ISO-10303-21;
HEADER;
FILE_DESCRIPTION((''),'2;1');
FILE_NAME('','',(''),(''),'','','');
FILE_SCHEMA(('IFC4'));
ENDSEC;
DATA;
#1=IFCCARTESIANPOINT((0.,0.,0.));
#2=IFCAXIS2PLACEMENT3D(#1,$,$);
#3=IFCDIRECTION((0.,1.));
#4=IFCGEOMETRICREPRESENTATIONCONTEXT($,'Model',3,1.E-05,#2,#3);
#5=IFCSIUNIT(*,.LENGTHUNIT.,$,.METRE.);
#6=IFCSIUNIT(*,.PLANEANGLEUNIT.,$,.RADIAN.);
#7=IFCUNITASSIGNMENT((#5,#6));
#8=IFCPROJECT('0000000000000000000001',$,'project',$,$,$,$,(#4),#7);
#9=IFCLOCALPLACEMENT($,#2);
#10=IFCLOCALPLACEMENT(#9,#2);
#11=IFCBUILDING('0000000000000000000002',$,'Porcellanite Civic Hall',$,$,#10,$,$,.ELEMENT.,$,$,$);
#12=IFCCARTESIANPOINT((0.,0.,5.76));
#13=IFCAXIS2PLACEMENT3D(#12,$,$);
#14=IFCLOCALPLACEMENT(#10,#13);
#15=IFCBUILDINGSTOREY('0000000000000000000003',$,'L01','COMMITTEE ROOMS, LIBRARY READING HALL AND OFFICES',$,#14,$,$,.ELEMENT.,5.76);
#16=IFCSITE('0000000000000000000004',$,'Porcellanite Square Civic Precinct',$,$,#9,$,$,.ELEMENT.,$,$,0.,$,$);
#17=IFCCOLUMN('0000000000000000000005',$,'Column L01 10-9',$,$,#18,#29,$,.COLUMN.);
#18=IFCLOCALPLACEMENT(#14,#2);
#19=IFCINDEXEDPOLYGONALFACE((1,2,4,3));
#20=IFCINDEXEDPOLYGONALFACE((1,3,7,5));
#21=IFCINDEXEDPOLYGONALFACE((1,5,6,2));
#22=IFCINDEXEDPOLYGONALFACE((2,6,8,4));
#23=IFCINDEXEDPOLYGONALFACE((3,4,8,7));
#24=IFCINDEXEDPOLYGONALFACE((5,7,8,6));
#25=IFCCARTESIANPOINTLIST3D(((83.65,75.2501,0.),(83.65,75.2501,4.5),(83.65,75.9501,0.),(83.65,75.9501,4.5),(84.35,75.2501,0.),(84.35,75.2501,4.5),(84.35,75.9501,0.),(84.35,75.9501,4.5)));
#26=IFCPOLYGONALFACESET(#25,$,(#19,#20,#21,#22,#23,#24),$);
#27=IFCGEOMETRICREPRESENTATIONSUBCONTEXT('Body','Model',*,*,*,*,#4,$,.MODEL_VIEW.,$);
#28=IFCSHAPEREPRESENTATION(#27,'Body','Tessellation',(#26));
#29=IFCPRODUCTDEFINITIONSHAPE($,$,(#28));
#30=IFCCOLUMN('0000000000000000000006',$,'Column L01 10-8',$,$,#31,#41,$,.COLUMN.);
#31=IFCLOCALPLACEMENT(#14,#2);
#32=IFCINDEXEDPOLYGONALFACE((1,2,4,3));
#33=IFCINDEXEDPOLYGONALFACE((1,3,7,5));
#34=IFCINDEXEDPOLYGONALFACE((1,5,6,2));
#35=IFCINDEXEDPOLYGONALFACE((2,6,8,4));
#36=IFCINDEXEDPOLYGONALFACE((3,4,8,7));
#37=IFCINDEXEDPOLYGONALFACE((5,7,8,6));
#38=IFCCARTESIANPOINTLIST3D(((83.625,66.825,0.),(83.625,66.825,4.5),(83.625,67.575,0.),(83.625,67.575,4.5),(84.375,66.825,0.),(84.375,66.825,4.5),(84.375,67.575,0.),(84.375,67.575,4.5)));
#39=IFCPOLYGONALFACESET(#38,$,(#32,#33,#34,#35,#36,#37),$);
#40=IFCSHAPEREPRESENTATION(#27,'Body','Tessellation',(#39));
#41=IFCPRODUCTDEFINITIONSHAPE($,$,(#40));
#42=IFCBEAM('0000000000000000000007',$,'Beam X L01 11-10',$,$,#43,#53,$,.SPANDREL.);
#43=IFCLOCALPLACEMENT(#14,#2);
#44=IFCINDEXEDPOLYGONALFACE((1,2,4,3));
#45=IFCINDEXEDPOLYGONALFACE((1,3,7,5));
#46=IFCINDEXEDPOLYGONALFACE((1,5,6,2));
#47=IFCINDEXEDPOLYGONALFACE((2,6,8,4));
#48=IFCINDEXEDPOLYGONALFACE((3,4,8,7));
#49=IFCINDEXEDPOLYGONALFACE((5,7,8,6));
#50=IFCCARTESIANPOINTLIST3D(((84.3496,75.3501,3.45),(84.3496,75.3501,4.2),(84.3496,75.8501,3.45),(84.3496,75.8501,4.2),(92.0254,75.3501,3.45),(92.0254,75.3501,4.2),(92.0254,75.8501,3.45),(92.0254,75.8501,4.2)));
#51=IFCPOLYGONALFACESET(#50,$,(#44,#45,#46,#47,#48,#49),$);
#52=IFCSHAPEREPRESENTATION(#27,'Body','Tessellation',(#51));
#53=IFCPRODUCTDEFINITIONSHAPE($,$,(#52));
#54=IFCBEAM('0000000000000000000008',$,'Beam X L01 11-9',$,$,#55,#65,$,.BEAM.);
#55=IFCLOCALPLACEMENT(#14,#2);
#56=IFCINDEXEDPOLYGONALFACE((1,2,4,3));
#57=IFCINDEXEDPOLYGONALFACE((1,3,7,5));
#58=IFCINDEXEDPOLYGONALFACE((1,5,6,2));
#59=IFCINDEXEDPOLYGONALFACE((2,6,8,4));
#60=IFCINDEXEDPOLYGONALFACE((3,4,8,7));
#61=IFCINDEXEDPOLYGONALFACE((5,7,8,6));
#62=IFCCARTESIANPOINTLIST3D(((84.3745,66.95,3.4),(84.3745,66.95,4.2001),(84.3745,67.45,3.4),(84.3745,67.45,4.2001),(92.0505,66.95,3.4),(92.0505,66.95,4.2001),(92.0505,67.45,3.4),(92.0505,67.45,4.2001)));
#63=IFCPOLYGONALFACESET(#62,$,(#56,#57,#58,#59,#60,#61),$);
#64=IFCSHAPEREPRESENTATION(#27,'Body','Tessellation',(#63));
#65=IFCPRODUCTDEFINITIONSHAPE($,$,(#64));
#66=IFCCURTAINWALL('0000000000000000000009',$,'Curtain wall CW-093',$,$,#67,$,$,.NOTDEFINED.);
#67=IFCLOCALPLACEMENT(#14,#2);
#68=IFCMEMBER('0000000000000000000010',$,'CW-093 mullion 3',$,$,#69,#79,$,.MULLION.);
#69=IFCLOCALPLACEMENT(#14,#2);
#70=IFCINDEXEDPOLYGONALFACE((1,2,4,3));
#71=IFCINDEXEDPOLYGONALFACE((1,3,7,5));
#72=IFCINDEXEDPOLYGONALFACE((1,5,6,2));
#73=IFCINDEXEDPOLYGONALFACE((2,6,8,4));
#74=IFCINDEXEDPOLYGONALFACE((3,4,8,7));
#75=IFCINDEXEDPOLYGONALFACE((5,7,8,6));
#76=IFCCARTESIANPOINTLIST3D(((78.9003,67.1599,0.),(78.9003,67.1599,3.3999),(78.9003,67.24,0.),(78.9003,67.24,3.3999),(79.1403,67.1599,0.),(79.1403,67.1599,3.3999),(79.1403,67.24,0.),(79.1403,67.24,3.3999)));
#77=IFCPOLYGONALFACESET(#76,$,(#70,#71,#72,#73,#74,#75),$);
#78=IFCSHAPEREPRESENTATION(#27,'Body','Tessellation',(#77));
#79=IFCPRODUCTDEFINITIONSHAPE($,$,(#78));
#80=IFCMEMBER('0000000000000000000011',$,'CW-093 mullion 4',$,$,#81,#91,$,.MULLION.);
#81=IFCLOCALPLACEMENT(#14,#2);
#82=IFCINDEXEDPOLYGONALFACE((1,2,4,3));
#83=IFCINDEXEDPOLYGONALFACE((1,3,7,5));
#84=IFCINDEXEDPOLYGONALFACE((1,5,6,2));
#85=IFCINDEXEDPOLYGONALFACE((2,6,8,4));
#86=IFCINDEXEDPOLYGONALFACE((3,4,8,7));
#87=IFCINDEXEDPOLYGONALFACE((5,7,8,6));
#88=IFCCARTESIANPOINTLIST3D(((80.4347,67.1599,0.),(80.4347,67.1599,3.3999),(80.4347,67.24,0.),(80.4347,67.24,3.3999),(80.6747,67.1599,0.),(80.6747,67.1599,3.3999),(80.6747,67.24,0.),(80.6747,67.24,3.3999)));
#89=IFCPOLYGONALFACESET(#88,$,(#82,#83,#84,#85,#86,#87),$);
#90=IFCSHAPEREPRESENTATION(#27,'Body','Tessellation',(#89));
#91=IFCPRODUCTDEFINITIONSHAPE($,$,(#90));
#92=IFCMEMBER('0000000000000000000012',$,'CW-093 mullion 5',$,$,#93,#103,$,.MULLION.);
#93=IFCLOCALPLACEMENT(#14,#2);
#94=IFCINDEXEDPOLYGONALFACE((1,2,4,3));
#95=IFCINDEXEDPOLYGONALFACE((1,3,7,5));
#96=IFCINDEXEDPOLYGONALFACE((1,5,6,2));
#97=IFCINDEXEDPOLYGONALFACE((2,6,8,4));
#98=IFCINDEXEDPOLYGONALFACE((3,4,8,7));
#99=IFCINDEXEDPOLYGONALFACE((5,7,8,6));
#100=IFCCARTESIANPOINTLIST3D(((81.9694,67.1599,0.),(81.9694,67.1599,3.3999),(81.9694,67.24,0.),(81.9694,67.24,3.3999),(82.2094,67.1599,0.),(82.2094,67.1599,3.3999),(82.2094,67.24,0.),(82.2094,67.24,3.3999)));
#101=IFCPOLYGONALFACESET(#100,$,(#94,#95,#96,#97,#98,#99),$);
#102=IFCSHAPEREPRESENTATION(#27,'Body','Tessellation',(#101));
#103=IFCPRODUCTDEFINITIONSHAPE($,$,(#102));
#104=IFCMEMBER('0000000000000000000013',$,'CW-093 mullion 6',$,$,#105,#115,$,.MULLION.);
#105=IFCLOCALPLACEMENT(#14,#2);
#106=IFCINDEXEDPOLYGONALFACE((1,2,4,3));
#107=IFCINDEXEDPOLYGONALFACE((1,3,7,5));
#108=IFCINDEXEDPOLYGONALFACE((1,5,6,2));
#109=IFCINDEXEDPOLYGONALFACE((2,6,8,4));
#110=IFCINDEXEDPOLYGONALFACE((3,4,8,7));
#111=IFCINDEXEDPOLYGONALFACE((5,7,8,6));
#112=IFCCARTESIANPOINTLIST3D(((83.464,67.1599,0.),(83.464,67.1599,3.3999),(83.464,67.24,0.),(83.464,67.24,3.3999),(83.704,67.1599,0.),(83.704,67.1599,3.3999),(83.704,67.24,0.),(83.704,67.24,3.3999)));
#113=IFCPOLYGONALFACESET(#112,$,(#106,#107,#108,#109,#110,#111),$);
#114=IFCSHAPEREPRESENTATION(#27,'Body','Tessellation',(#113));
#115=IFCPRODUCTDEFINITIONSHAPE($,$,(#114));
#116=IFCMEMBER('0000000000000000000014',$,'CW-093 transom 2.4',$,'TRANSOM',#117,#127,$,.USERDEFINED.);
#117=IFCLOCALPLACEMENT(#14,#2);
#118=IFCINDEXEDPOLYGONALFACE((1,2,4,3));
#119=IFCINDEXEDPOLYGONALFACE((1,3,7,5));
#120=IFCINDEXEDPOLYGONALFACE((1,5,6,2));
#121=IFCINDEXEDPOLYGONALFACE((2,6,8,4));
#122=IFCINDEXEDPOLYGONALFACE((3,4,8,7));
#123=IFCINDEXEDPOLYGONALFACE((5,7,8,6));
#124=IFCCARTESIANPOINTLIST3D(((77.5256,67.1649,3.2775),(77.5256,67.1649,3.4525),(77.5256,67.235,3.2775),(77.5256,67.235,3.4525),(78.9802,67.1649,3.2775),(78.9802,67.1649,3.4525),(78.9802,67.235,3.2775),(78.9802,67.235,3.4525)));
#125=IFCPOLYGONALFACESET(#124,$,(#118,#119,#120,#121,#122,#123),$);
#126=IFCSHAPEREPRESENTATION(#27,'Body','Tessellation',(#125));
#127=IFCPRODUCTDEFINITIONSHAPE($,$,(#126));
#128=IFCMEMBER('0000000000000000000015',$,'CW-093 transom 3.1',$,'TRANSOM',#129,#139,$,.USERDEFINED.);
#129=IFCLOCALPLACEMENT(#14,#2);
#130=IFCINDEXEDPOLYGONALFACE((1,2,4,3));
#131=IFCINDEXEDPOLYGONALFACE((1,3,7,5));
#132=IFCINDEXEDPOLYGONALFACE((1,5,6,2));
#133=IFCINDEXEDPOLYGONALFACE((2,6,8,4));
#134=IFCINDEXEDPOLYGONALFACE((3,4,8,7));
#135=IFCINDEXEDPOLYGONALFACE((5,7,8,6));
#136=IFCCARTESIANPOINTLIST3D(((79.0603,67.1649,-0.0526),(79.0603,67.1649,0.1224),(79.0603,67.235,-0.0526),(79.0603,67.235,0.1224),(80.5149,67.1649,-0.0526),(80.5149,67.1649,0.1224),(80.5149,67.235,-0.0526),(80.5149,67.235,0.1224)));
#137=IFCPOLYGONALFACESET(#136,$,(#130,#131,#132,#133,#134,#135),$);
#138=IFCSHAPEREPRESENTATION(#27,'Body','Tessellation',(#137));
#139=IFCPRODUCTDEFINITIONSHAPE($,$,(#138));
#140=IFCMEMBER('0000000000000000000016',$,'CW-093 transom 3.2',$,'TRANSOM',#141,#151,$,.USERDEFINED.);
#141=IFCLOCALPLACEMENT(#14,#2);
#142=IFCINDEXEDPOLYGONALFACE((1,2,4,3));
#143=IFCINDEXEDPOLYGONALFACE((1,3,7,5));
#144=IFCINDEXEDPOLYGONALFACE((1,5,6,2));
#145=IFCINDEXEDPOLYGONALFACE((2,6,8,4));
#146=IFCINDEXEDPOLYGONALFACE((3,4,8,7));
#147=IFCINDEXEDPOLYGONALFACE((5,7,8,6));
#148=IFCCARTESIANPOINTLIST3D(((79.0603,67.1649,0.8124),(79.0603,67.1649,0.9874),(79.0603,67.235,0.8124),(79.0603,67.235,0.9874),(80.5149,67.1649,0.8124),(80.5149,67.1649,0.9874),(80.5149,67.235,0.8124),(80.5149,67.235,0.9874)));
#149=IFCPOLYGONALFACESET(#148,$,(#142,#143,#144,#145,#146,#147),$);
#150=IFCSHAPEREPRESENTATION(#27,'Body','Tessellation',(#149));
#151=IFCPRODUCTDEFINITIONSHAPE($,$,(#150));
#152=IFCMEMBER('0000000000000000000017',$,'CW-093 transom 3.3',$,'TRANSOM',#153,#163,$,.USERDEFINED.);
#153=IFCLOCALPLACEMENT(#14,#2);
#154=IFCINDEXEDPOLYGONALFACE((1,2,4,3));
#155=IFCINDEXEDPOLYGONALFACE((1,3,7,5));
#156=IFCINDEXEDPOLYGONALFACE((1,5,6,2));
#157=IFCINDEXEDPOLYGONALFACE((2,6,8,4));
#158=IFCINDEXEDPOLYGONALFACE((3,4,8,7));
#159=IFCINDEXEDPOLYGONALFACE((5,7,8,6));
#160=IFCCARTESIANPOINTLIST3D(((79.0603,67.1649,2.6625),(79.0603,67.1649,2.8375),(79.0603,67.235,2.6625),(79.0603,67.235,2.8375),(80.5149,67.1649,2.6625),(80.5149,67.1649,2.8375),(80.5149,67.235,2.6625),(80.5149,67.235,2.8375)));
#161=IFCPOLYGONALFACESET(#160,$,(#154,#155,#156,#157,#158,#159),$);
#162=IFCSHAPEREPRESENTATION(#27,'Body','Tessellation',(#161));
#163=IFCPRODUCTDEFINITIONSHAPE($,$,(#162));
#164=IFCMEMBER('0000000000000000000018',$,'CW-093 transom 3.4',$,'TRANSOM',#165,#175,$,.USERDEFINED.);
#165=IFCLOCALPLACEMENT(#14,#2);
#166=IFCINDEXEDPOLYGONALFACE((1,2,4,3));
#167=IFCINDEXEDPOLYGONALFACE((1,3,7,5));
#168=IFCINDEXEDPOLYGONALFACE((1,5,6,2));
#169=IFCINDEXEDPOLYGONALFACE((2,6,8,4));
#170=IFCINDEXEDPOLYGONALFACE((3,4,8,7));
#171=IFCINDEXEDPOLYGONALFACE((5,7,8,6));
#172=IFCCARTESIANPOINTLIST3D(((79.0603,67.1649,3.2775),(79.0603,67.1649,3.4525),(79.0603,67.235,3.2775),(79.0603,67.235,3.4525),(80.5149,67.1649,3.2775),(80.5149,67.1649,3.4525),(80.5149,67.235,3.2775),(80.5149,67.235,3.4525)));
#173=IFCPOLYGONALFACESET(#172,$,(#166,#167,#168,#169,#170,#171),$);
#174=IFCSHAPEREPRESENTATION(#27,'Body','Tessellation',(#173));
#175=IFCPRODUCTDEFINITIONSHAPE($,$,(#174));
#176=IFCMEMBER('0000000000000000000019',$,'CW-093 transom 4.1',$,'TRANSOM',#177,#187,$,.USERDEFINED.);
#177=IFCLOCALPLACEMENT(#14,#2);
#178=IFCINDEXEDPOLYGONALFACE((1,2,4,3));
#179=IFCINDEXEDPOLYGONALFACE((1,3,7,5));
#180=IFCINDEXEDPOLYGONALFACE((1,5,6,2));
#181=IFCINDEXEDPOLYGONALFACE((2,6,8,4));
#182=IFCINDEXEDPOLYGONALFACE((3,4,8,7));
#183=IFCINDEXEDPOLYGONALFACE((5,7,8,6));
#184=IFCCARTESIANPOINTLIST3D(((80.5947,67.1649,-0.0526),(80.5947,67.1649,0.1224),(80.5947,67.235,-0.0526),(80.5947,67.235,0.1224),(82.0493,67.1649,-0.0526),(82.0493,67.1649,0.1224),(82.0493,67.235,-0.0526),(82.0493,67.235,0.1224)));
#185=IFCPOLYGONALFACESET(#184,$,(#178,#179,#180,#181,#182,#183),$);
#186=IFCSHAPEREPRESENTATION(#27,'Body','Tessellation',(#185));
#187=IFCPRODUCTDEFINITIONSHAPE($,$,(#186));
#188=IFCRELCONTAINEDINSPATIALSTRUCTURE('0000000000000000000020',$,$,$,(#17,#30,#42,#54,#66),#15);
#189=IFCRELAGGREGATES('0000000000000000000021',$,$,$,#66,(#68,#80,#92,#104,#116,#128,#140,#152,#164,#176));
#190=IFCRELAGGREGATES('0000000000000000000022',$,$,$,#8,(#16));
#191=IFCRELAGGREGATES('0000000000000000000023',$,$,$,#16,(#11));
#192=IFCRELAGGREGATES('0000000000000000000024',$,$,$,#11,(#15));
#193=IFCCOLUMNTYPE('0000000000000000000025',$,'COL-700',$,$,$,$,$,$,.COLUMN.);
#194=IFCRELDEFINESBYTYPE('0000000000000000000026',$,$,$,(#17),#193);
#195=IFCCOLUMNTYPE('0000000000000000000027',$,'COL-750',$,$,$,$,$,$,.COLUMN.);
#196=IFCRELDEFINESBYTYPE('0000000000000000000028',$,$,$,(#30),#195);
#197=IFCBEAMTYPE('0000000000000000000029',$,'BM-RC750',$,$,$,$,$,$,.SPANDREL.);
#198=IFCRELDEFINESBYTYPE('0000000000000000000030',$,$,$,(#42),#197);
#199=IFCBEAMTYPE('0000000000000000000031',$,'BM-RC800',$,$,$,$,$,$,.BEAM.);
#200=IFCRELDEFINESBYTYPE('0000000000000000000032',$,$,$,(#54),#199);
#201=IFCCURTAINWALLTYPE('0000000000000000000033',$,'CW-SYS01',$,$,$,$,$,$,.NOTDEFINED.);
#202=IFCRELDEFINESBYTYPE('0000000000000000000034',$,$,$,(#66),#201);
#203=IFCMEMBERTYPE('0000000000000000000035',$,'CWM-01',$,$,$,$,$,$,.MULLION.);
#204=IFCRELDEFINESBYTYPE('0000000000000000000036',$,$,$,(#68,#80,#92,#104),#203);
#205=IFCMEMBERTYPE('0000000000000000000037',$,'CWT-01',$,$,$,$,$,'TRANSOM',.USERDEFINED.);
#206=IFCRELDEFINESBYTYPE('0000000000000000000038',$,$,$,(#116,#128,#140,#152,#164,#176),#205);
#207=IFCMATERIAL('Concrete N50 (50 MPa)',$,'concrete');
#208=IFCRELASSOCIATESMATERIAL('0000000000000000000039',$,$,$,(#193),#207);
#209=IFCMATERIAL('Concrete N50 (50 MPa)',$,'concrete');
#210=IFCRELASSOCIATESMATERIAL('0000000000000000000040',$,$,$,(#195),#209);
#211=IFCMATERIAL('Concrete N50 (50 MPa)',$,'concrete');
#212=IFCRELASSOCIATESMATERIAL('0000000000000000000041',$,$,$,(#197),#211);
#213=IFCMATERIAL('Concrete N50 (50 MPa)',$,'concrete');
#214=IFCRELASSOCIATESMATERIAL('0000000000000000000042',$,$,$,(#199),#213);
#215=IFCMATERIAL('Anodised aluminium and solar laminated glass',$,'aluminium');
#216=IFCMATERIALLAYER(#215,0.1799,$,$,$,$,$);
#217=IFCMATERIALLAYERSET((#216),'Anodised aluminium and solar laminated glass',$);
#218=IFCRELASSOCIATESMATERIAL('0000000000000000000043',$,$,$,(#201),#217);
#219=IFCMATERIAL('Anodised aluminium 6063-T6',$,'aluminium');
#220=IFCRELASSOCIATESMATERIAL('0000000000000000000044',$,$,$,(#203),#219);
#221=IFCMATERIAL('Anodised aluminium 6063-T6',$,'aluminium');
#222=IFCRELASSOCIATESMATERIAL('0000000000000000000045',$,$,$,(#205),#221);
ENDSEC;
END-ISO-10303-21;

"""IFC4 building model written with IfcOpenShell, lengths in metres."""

from ifc_helpers import new_model, si_unit, direction, frame, origin, origin_2d, place, context, subcontext, project, spatial, rectangle, extrude, material, layer, layer_set, material_profile, profile_set, type_object, element, aggregate, save


model = new_model("IFC4")

# Units and contexts
model_context = context("Model", 3, precision=1e-05, world=origin(), true_north=direction((0.0, 1.0)))
body_context = subcontext(model_context, "Body", "Model", "MODEL_VIEW")
ifc_project = project(units=[si_unit("LENGTHUNIT", "METRE"), si_unit("PLANEANGLEUNIT", "RADIAN")], contexts=[model_context])

# Site, building, storey
site_placement = place(None, origin())
site = spatial("IfcSite", under=ifc_project, at=site_placement, Name="Porcellanite Square Civic Precinct", CompositionType="ELEMENT", RefElevation=0.0)
building_placement = place(site_placement, origin())
building = spatial("IfcBuilding", under=site, at=building_placement, Name="Porcellanite Civic Hall", CompositionType="ELEMENT")
storey_placement = place(building_placement, frame((0.0, 0.0, 5.76)))
storey = spatial("IfcBuildingStorey", under=building, at=storey_placement, Name="L01", Description="COMMITTEE ROOMS, LIBRARY READING HALL AND OFFICES", CompositionType="ELEMENT", Elevation=5.76)

# Columns
ifc_material_1 = material(Name="Concrete N50 (50 MPa)", Category="concrete")
ifc_material_profile_1 = material_profile(ifc_material_1, rectangle(XDim=0.7, YDim=0.7, at=origin_2d()), Name="RC-700x700")
ifc_profile_set_1 = profile_set([ifc_material_profile_1], Name="Concrete N50 (50 MPa)")
column_type_1 = type_object("IfcColumnType", Name="COL-700", PredefinedType="COLUMN", material=ifc_profile_set_1)
column_1_placement = place(storey_placement, frame((84.0, 75.6001, 0.0), z_axis=(0.0, 0.0, 1.0), x_axis=(1.0, 0.0, 0.0)))
element("IfcColumn", 1, at=column_1_placement, inside=storey, type_object=column_type_1, Name="Column L01 10-9", PredefinedType="COLUMN", context=body_context, shape_type="SweptSolid", body=[
    extrude(rectangle(XDim=0.7, YDim=0.7, at=origin_2d()), origin(), (0.0, 0.0, 1.0), 4.5),
])
ifc_material_2 = material(Name="Concrete N50 (50 MPa)", Category="concrete")
ifc_material_profile_2 = material_profile(ifc_material_2, rectangle(XDim=0.75, YDim=0.75, at=origin_2d()), Name="RC-750x750")
ifc_profile_set_2 = profile_set([ifc_material_profile_2], Name="Concrete N50 (50 MPa)")
column_type_2 = type_object("IfcColumnType", Name="COL-750", PredefinedType="COLUMN", material=ifc_profile_set_2)
column_2_placement = place(storey_placement, frame((84.0, 67.2, 0.0), z_axis=(0.0, 0.0, 1.0), x_axis=(1.0, 0.0, 0.0)))
element("IfcColumn", 2, at=column_2_placement, inside=storey, type_object=column_type_2, Name="Column L01 10-8", PredefinedType="COLUMN", context=body_context, shape_type="SweptSolid", body=[
    extrude(rectangle(XDim=0.75, YDim=0.75, at=origin_2d()), origin(), (0.0, 0.0, 1.0), 4.5),
])

# Beams
ifc_material_3 = material(Name="Concrete N50 (50 MPa)", Category="concrete")
ifc_material_profile_3 = material_profile(ifc_material_3, rectangle(XDim=0.5, YDim=0.75, at=origin_2d()), Name="RC-500x750")
ifc_profile_set_3 = profile_set([ifc_material_profile_3], Name="Concrete N50 (50 MPa)")
beam_type_1 = type_object("IfcBeamType", Name="BM-RC750", PredefinedType="SPANDREL", material=ifc_profile_set_3)
beam_1_placement = place(storey_placement, frame((84.3496, 75.6001, 3.825), z_axis=(1.0, 0.0, 0.0), x_axis=(0.0, 1.0, 0.0)))
element("IfcBeam", 3, at=beam_1_placement, inside=storey, type_object=beam_type_1, Name="Beam X L01 11-10", PredefinedType="SPANDREL", context=body_context, shape_type="SweptSolid", body=[
    extrude(rectangle(XDim=0.5, YDim=0.75, at=origin_2d()), origin(), (0.0, 0.0, 1.0), 7.6758),
])
ifc_material_4 = material(Name="Concrete N50 (50 MPa)", Category="concrete")
ifc_material_profile_4 = material_profile(ifc_material_4, rectangle(XDim=0.5, YDim=0.8, at=origin_2d()), Name="RC-500x800")
ifc_profile_set_4 = profile_set([ifc_material_profile_4], Name="Concrete N50 (50 MPa)")
beam_type_2 = type_object("IfcBeamType", Name="BM-RC800", PredefinedType="BEAM", material=ifc_profile_set_4)
beam_2_placement = place(storey_placement, frame((84.3745, 67.2, 3.8), z_axis=(1.0, 0.0, 0.0), x_axis=(0.0, 1.0, 0.0)))
element("IfcBeam", 4, at=beam_2_placement, inside=storey, type_object=beam_type_2, Name="Beam X L01 11-9", PredefinedType="BEAM", context=body_context, shape_type="SweptSolid", body=[
    extrude(rectangle(XDim=0.5, YDim=0.8, at=origin_2d()), origin(), (0.0, 0.0, 1.0), 7.676),
])

# Curtain wall, members
ifc_material_5 = material(Name="Anodised aluminium and solar laminated glass", Category="aluminium")
ifc_layer_1 = layer(ifc_material_5, 0.1799)
ifc_layer_set_1 = layer_set([ifc_layer_1], Name="Anodised aluminium and solar laminated glass")
curtain_wall_type = type_object("IfcCurtainWallType", Name="CW-SYS01", PredefinedType="NOTDEFINED", material=ifc_layer_set_1)
curtain_wall_placement = place(storey_placement, origin())
curtain_wall = element("IfcCurtainWall", 5, at=curtain_wall_placement, inside=storey, type_object=curtain_wall_type, Name="Curtain wall CW-093", PredefinedType="NOTDEFINED")
ifc_material_6 = material(Name="Anodised aluminium 6063-T6", Category="aluminium")
ifc_material_profile_5 = material_profile(ifc_material_6, rectangle(XDim=0.0801, YDim=0.24, at=origin_2d()), Name="AL-80x240")
ifc_profile_set_5 = profile_set([ifc_material_profile_5], Name="Anodised aluminium 6063-T6")
member_type_1 = type_object("IfcMemberType", Name="CWM-01", PredefinedType="MULLION", material=ifc_profile_set_5)
member_1_placement = place(storey_placement, frame((79.0203, 67.2, 0.0), z_axis=(0.0, 0.0, 1.0), x_axis=(0.0, 1.0, 0.0)))
member_1 = element("IfcMember", 6, at=member_1_placement, type_object=member_type_1, Name="CW-093 mullion 3", PredefinedType="MULLION", context=body_context, shape_type="SweptSolid", body=[
    extrude(rectangle(XDim=0.0801, YDim=0.24, at=origin_2d()), origin(), (0.0, 0.0, 1.0), 3.3999),
])
member_2_placement = place(storey_placement, frame((80.5547, 67.2, 0.0), z_axis=(0.0, 0.0, 1.0), x_axis=(0.0, 1.0, 0.0)))
member_2 = element("IfcMember", 7, at=member_2_placement, type_object=member_type_1, Name="CW-093 mullion 4", PredefinedType="MULLION", context=body_context, shape_type="SweptSolid", body=[
    extrude(rectangle(XDim=0.0801, YDim=0.24, at=origin_2d()), origin(), (0.0, 0.0, 1.0), 3.3999),
])
member_3_placement = place(storey_placement, frame((82.0894, 67.2, 0.0), z_axis=(0.0, 0.0, 1.0), x_axis=(0.0, 1.0, 0.0)))
member_3 = element("IfcMember", 8, at=member_3_placement, type_object=member_type_1, Name="CW-093 mullion 5", PredefinedType="MULLION", context=body_context, shape_type="SweptSolid", body=[
    extrude(rectangle(XDim=0.0801, YDim=0.24, at=origin_2d()), origin(), (0.0, 0.0, 1.0), 3.3999),
])
member_4_placement = place(storey_placement, frame((83.584, 67.2, 0.0), z_axis=(0.0, 0.0, 1.0), x_axis=(0.0, 1.0, 0.0)))
member_4 = element("IfcMember", 9, at=member_4_placement, type_object=member_type_1, Name="CW-093 mullion 6", PredefinedType="MULLION", context=body_context, shape_type="SweptSolid", body=[
    extrude(rectangle(XDim=0.0801, YDim=0.24, at=origin_2d()), origin(), (0.0, 0.0, 1.0), 3.3999),
])
ifc_material_7 = material(Name="Anodised aluminium 6063-T6", Category="aluminium")
ifc_material_profile_6 = material_profile(ifc_material_7, rectangle(XDim=0.0701, YDim=0.175, at=origin_2d()), Name="AL-70x175")
ifc_profile_set_6 = profile_set([ifc_material_profile_6], Name="Anodised aluminium 6063-T6")
member_type_2 = type_object("IfcMemberType", Name="CWT-01", ElementType="TRANSOM", PredefinedType="USERDEFINED", material=ifc_profile_set_6)
member_5_placement = place(storey_placement, frame((77.5256, 67.2, 3.365), z_axis=(1.0, 0.0, 0.0), x_axis=(0.0, 1.0, 0.0)))
member_5 = element("IfcMember", 10, at=member_5_placement, type_object=member_type_2, Name="CW-093 transom 2.4", ObjectType="TRANSOM", PredefinedType="USERDEFINED", context=body_context, shape_type="SweptSolid", body=[
    extrude(rectangle(XDim=0.0701, YDim=0.175, at=origin_2d()), origin(), (0.0, 0.0, 1.0), 1.4546),
])
member_6_placement = place(storey_placement, frame((79.0603, 67.2, 0.0349), z_axis=(1.0, 0.0, 0.0), x_axis=(0.0, 1.0, 0.0)))
member_6 = element("IfcMember", 11, at=member_6_placement, type_object=member_type_2, Name="CW-093 transom 3.1", ObjectType="TRANSOM", PredefinedType="USERDEFINED", context=body_context, shape_type="SweptSolid", body=[
    extrude(rectangle(XDim=0.0701, YDim=0.175, at=origin_2d()), origin(), (0.0, 0.0, 1.0), 1.4546),
])
member_7_placement = place(storey_placement, frame((79.0603, 67.2, 0.8999), z_axis=(1.0, 0.0, 0.0), x_axis=(0.0, 1.0, 0.0)))
member_7 = element("IfcMember", 12, at=member_7_placement, type_object=member_type_2, Name="CW-093 transom 3.2", ObjectType="TRANSOM", PredefinedType="USERDEFINED", context=body_context, shape_type="SweptSolid", body=[
    extrude(rectangle(XDim=0.0701, YDim=0.175, at=origin_2d()), origin(), (0.0, 0.0, 1.0), 1.4546),
])
member_8_placement = place(storey_placement, frame((79.0603, 67.2, 2.75), z_axis=(1.0, 0.0, 0.0), x_axis=(0.0, 1.0, 0.0)))
member_8 = element("IfcMember", 13, at=member_8_placement, type_object=member_type_2, Name="CW-093 transom 3.3", ObjectType="TRANSOM", PredefinedType="USERDEFINED", context=body_context, shape_type="SweptSolid", body=[
    extrude(rectangle(XDim=0.0701, YDim=0.175, at=origin_2d()), origin(), (0.0, 0.0, 1.0), 1.4546),
])
member_9_placement = place(storey_placement, frame((79.0603, 67.2, 3.365), z_axis=(1.0, 0.0, 0.0), x_axis=(0.0, 1.0, 0.0)))
member_9 = element("IfcMember", 14, at=member_9_placement, type_object=member_type_2, Name="CW-093 transom 3.4", ObjectType="TRANSOM", PredefinedType="USERDEFINED", context=body_context, shape_type="SweptSolid", body=[
    extrude(rectangle(XDim=0.0701, YDim=0.175, at=origin_2d()), origin(), (0.0, 0.0, 1.0), 1.4546),
])
member_10_placement = place(storey_placement, frame((80.5947, 67.2, 0.0349), z_axis=(1.0, 0.0, 0.0), x_axis=(0.0, 1.0, 0.0)))
member_10 = element("IfcMember", 15, at=member_10_placement, type_object=member_type_2, Name="CW-093 transom 4.1", ObjectType="TRANSOM", PredefinedType="USERDEFINED", context=body_context, shape_type="SweptSolid", body=[
    extrude(rectangle(XDim=0.0701, YDim=0.175, at=origin_2d()), origin(), (0.0, 0.0, 1.0), 1.4546),
])

aggregate(curtain_wall, [member_1, member_2, member_3, member_4, member_5, member_6, member_7, member_8, member_9, member_10])

save(model, "model.ifc")
